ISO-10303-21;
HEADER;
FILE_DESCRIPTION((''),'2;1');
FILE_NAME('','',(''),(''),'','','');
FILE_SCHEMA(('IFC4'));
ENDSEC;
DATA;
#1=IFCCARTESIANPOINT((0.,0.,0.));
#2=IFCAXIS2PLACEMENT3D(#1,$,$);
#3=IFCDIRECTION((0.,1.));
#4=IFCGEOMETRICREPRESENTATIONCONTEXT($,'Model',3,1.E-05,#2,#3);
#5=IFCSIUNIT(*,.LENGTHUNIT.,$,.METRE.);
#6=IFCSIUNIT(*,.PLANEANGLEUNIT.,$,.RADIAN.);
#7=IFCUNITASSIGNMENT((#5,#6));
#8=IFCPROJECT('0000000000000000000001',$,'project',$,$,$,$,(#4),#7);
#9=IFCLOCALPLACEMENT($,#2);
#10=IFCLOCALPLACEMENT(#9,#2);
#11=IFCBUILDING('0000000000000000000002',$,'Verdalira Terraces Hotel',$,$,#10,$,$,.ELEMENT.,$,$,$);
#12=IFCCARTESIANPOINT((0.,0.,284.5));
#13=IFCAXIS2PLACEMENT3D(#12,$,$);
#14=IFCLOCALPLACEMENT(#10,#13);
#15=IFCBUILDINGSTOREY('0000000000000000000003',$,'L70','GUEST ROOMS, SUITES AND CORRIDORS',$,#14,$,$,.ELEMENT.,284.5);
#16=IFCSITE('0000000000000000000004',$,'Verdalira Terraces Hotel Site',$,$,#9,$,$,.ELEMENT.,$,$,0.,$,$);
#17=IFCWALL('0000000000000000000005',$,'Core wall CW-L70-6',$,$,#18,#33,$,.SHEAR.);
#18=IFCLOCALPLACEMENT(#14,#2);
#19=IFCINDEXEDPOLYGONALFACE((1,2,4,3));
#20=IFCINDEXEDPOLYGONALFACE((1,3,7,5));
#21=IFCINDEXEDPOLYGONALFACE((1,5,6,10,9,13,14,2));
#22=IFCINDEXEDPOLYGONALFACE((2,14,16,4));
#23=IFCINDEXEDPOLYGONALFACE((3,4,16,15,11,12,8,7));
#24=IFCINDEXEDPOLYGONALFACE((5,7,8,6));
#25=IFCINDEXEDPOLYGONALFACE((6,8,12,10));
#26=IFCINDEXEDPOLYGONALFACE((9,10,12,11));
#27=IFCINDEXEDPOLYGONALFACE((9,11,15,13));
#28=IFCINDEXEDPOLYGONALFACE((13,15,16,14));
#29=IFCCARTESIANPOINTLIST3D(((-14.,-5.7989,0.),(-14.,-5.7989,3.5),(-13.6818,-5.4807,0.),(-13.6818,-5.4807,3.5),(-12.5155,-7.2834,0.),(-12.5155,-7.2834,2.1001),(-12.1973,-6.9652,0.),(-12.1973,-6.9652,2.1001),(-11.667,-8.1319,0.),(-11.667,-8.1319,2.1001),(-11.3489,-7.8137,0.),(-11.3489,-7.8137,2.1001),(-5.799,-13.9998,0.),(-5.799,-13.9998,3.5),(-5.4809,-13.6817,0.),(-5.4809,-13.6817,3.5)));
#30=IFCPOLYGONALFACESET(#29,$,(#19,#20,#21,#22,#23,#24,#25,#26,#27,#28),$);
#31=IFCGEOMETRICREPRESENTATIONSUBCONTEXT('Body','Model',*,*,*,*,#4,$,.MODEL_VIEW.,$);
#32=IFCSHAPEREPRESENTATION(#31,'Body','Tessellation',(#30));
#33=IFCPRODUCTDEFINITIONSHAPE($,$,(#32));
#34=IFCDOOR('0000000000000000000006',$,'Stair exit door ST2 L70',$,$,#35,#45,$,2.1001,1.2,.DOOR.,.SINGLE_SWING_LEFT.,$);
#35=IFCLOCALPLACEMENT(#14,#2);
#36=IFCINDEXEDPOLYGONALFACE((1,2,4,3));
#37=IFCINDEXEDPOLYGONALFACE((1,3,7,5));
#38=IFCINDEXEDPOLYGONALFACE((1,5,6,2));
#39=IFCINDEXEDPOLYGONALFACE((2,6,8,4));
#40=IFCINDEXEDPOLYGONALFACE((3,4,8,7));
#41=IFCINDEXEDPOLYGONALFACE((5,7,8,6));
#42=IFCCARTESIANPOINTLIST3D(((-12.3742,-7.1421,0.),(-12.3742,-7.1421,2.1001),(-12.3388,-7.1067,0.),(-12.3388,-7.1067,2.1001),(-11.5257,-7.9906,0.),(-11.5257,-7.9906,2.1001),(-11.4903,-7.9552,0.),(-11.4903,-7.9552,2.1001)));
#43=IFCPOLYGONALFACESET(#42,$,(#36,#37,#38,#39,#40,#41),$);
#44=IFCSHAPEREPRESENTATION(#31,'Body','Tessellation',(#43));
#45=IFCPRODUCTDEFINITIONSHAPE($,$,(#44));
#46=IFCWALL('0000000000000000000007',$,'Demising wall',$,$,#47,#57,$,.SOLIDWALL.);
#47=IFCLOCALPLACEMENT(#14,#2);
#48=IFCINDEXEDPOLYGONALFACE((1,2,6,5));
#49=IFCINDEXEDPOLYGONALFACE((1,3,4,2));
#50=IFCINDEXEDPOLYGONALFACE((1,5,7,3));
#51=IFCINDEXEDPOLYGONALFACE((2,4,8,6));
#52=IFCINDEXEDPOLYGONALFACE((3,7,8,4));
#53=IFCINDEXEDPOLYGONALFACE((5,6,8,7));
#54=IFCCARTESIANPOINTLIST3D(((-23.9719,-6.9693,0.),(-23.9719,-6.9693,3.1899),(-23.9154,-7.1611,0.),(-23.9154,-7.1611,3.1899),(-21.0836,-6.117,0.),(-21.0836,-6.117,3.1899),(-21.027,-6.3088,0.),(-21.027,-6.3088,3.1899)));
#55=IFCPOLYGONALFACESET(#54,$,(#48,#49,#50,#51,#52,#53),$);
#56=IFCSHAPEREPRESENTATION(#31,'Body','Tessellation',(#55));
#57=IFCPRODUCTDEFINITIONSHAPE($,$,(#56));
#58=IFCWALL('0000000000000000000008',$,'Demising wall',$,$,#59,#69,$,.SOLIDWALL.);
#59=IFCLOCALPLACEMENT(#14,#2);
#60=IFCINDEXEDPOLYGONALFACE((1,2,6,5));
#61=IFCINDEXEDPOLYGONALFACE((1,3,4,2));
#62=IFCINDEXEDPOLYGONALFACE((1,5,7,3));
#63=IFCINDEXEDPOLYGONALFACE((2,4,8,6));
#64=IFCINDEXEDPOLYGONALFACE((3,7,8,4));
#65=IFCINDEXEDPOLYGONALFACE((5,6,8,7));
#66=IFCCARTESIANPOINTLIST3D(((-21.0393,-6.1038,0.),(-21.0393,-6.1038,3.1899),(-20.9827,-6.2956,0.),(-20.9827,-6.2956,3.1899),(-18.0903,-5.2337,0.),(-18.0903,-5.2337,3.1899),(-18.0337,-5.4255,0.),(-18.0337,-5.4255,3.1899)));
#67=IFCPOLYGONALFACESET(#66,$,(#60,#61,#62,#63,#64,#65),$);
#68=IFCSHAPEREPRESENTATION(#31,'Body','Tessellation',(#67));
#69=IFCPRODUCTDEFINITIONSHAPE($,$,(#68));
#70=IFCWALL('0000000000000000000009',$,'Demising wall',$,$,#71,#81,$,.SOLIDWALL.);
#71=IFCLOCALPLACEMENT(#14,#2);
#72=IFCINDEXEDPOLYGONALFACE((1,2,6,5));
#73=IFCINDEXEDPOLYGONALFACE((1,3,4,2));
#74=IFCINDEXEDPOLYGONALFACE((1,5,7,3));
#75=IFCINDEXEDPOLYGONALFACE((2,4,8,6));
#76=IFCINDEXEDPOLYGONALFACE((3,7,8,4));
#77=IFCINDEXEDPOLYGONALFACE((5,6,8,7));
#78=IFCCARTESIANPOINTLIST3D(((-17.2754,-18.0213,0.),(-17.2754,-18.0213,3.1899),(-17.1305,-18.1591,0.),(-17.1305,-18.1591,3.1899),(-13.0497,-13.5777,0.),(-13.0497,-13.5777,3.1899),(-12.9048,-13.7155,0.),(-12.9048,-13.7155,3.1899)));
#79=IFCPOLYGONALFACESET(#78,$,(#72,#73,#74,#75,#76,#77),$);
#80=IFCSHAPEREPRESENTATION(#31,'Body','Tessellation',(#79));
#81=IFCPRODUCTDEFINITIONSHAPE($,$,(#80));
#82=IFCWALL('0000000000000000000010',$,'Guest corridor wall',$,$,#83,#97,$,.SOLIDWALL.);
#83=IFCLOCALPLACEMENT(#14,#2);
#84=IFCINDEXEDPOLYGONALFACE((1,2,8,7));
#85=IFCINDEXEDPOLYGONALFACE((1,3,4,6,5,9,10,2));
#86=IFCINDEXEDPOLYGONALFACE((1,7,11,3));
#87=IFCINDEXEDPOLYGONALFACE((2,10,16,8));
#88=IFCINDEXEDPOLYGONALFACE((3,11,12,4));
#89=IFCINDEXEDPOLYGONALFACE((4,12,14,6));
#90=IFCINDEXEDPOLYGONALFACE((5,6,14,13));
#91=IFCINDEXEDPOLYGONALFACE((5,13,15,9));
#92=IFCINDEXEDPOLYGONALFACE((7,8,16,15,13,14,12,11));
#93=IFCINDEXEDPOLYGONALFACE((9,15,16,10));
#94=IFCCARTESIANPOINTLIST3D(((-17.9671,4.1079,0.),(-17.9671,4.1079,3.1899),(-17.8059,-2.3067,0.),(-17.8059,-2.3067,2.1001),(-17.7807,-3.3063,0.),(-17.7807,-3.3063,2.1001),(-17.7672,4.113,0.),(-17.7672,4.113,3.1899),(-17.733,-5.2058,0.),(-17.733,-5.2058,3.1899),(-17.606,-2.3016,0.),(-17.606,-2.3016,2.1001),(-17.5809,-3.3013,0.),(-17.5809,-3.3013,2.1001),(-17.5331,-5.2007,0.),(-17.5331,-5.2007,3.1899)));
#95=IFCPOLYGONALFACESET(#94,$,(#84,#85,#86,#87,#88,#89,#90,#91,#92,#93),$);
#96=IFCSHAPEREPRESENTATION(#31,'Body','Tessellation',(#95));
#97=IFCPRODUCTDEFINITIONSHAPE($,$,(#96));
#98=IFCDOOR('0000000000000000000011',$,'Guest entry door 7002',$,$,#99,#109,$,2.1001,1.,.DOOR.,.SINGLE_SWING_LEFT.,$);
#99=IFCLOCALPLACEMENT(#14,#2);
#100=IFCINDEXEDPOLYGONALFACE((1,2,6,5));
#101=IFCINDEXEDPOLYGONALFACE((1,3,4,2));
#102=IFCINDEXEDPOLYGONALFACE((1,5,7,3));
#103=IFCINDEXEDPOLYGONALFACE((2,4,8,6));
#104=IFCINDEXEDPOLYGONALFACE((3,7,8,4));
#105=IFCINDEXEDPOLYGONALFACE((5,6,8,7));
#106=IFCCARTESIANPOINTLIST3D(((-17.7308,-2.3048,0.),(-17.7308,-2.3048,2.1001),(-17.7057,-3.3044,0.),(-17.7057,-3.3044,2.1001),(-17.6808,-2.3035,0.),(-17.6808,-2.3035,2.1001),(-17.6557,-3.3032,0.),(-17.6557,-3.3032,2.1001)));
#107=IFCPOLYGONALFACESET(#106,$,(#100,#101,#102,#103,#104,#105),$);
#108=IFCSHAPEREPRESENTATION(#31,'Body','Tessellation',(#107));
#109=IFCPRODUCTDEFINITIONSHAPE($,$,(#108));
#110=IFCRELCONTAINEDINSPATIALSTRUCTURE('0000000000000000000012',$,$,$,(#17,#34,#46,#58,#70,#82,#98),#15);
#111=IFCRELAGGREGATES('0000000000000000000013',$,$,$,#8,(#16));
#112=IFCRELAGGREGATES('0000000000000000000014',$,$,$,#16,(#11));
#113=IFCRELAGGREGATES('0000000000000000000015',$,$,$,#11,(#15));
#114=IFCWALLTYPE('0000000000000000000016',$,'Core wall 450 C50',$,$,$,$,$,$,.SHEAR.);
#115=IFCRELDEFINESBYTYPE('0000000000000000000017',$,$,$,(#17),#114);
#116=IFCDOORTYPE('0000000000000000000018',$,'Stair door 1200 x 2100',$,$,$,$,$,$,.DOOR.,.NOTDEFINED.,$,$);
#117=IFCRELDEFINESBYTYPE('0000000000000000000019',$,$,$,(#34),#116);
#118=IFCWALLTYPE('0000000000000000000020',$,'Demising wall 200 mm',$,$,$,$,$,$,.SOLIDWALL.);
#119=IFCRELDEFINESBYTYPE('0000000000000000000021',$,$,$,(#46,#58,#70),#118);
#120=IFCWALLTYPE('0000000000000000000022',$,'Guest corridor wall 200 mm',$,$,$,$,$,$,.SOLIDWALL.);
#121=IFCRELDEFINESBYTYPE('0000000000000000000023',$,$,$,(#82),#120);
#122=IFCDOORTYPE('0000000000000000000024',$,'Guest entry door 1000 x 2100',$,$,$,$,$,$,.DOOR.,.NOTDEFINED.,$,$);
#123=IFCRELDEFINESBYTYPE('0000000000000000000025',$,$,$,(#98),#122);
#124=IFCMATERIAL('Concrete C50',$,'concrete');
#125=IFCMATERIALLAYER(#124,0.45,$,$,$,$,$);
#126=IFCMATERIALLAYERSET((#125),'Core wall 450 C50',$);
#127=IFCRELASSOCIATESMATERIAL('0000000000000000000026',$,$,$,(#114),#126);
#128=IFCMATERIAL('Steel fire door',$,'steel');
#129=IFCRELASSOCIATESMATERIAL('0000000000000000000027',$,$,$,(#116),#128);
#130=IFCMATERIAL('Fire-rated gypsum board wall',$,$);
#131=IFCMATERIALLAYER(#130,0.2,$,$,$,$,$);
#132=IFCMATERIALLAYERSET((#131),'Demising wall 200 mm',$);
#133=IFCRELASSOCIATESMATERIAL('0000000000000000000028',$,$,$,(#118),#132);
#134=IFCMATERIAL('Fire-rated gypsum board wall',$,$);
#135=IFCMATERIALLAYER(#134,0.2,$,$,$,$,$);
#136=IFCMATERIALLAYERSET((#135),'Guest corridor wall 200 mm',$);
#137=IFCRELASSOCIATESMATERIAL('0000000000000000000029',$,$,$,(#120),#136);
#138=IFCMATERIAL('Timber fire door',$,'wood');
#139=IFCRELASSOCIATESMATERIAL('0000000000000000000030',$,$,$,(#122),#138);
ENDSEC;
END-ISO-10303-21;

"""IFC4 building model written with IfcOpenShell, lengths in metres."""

from ifc_helpers import new_model, si_unit, direction, frame, frame_2d, origin, place, context, subcontext, project, spatial, rectangle, extrude, material, layer, layer_set, type_object, element, fill, save


model = new_model("IFC4")

# Units and contexts
model_context = context("Model", 3, precision=1e-05, world=origin(), true_north=direction((0.0, 1.0)))
body_context = subcontext(model_context, "Body", "Model", "MODEL_VIEW")
ifc_project = project(units=[si_unit("LENGTHUNIT", "METRE"), si_unit("PLANEANGLEUNIT", "RADIAN")], contexts=[model_context])

# Site, building, storey
site_placement = place(None, origin())
site = spatial("IfcSite", under=ifc_project, at=site_placement, Name="Verdalira Terraces Hotel Site", CompositionType="ELEMENT", RefElevation=0.0)
building_placement = place(site_placement, origin())
building = spatial("IfcBuilding", under=site, at=building_placement, Name="Verdalira Terraces Hotel", CompositionType="ELEMENT")
storey_placement = place(building_placement, frame((0.0, 0.0, 284.5)))
storey = spatial("IfcBuildingStorey", under=building, at=storey_placement, Name="L70", Description="GUEST ROOMS, SUITES AND CORRIDORS", CompositionType="ELEMENT", Elevation=284.5)

# Wall, opening, door
ifc_material_1 = material(Name="Concrete C50", Category="concrete")
ifc_layer_1 = layer(ifc_material_1, 0.45)
ifc_layer_set_1 = layer_set([ifc_layer_1], Name="Core wall 450 C50")
wall_type_1 = type_object("IfcWallType", Name="Core wall 450 C50", PredefinedType="SHEAR", material=ifc_layer_set_1)
wall_1_placement = place(storey_placement, frame((-13.8408, -5.6399, 0.0), z_axis=(0.0, 0.0, 1.0), x_axis=(0.707107, -0.707107, 0.0)))
wall_1 = element("IfcWall", 1, at=wall_1_placement, inside=storey, type_object=wall_type_1, Name="Core wall CW-L70-6", PredefinedType="SHEAR", context=body_context, shape_type="SweptSolid", body=[
    extrude(rectangle(XDim=11.5979, YDim=0.45, at=frame_2d((5.7988, 0.0))), origin(), (0.0, 0.0, 1.0), 3.5),
])
opening_1_placement = place(wall_1_placement, frame((2.0991, 0.0, 0.0)))
opening_1 = element("IfcOpeningElement", 2, at=opening_1_placement, cuts=wall_1, PredefinedType="OPENING", context=body_context, shape_type="SweptSolid", body=[
    extrude(rectangle(XDim=1.2, YDim=2.1001, at=frame_2d((0.6001, 1.05))), frame((0.0, 0.2349, 0.0), z_axis=(0.0, -1.0, 0.0), x_axis=(1.0, 0.0, 0.0)), (0.0, 0.0, 1.0), 0.47),
])
ifc_material_2 = material(Name="Steel fire door", Category="steel")
door_type_1 = type_object("IfcDoorType", Name="Stair door 1200 x 2100", OperationType="NOTDEFINED", PredefinedType="DOOR", material=ifc_material_2)
door_1_placement = place(opening_1_placement, origin())
door_1 = element("IfcDoor", 3, at=door_1_placement, inside=storey, type_object=door_type_1, Name="Stair exit door ST2 L70", OperationType="SINGLE_SWING_LEFT", OverallHeight=2.1001, OverallWidth=1.2, PredefinedType="DOOR", context=body_context, shape_type="SweptSolid", body=[
    extrude(rectangle(XDim=1.2, YDim=2.1001, at=frame_2d((0.6001, 1.05))), frame((0.0, 0.0249, 0.0), z_axis=(0.0, -1.0, 0.0), x_axis=(1.0, 0.0, 0.0)), (0.0, 0.0, 1.0), 0.05),
])
fill(opening_1, door_1)

# Walls
ifc_material_3 = material(Name="Fire-rated gypsum board wall")
ifc_layer_2 = layer(ifc_material_3, 0.2)
ifc_layer_set_2 = layer_set([ifc_layer_2], Name="Demising wall 200 mm")
wall_type_2 = type_object("IfcWallType", Name="Demising wall 200 mm", PredefinedType="SOLIDWALL", material=ifc_layer_set_2)
wall_2_placement = place(storey_placement, frame((-21.0552, -6.2129, 0.0), z_axis=(0.0, 0.0, 1.0), x_axis=(-0.959117, -0.283009, 0.0)))
element("IfcWall", 4, at=wall_2_placement, inside=storey, type_object=wall_type_2, Name="Demising wall", PredefinedType="SOLIDWALL", context=body_context, shape_type="SweptSolid", body=[
    extrude(rectangle(XDim=3.0115, YDim=0.2, at=frame_2d((1.5059, 0.0))), origin(), (0.0, 0.0, 1.0), 3.1899),
])
wall_3_placement = place(storey_placement, frame((-18.062, -5.3296, 0.0), z_axis=(0.0, 0.0, 1.0), x_axis=(-0.959121, -0.282996, 0.0)))
element("IfcWall", 5, at=wall_3_placement, inside=storey, type_object=wall_type_2, Name="Demising wall", PredefinedType="SOLIDWALL", context=body_context, shape_type="SweptSolid", body=[
    extrude(rectangle(XDim=3.0747, YDim=0.2, at=frame_2d((1.5374, 0.0))), origin(), (0.0, 0.0, 1.0), 3.1899),
])
wall_4_placement = place(storey_placement, frame((-12.9773, -13.6467, 0.0), z_axis=(0.0, 0.0, 1.0), x_axis=(-0.689127, -0.72464, 0.0)))
element("IfcWall", 6, at=wall_4_placement, inside=storey, type_object=wall_type_2, Name="Demising wall", PredefinedType="SOLIDWALL", context=body_context, shape_type="SweptSolid", body=[
    extrude(rectangle(XDim=6.1321, YDim=0.2, at=frame_2d((3.0659, 0.0))), origin(), (0.0, 0.0, 1.0), 3.1899),
])

# Wall, opening, door
ifc_material_4 = material(Name="Fire-rated gypsum board wall")
ifc_layer_3 = layer(ifc_material_4, 0.2)
ifc_layer_set_3 = layer_set([ifc_layer_3], Name="Guest corridor wall 200 mm")
wall_type_3 = type_object("IfcWallType", Name="Guest corridor wall 200 mm", PredefinedType="SOLIDWALL", material=ifc_layer_set_3)
wall_5_placement = place(storey_placement, frame((-17.6331, -5.2031, 0.0), z_axis=(0.0, 0.0, 1.0), x_axis=(-0.02513, 0.999684, 0.0)))
wall_5 = element("IfcWall", 7, at=wall_5_placement, inside=storey, type_object=wall_type_3, Name="Guest corridor wall", PredefinedType="SOLIDWALL", context=body_context, shape_type="SweptSolid", body=[
    extrude(rectangle(XDim=9.3166, YDim=0.2, at=frame_2d((4.6582, 0.0))), origin(), (0.0, 0.0, 1.0), 3.1899),
])
opening_2_placement = place(wall_5_placement, frame((1.8999, 0.0, 0.0)))
opening_2 = element("IfcOpeningElement", 8, at=opening_2_placement, cuts=wall_5, PredefinedType="OPENING", context=body_context, shape_type="SweptSolid", body=[
    extrude(rectangle(XDim=1.0, YDim=2.1001, at=frame_2d((0.5, 1.05))), frame((0.0, 0.1099, 0.0), z_axis=(0.0, -1.0, 0.0), x_axis=(1.0, 0.0, 0.0)), (0.0, 0.0, 1.0), 0.22),
])
ifc_material_5 = material(Name="Timber fire door", Category="wood")
door_type_2 = type_object("IfcDoorType", Name="Guest entry door 1000 x 2100", OperationType="NOTDEFINED", PredefinedType="DOOR", material=ifc_material_5)
door_2_placement = place(opening_2_placement, origin())
door_2 = element("IfcDoor", 9, at=door_2_placement, inside=storey, type_object=door_type_2, Name="Guest entry door 7002", OperationType="SINGLE_SWING_LEFT", OverallHeight=2.1001, OverallWidth=1.0, PredefinedType="DOOR", context=body_context, shape_type="SweptSolid", body=[
    extrude(rectangle(XDim=1.0, YDim=2.1001, at=frame_2d((0.5, 1.05))), frame((0.0, 0.0249, 0.0), z_axis=(0.0, -1.0, 0.0), x_axis=(1.0, 0.0, 0.0)), (0.0, 0.0, 1.0), 0.05),
])
fill(opening_2, door_2)

save(model, "model.ifc")
